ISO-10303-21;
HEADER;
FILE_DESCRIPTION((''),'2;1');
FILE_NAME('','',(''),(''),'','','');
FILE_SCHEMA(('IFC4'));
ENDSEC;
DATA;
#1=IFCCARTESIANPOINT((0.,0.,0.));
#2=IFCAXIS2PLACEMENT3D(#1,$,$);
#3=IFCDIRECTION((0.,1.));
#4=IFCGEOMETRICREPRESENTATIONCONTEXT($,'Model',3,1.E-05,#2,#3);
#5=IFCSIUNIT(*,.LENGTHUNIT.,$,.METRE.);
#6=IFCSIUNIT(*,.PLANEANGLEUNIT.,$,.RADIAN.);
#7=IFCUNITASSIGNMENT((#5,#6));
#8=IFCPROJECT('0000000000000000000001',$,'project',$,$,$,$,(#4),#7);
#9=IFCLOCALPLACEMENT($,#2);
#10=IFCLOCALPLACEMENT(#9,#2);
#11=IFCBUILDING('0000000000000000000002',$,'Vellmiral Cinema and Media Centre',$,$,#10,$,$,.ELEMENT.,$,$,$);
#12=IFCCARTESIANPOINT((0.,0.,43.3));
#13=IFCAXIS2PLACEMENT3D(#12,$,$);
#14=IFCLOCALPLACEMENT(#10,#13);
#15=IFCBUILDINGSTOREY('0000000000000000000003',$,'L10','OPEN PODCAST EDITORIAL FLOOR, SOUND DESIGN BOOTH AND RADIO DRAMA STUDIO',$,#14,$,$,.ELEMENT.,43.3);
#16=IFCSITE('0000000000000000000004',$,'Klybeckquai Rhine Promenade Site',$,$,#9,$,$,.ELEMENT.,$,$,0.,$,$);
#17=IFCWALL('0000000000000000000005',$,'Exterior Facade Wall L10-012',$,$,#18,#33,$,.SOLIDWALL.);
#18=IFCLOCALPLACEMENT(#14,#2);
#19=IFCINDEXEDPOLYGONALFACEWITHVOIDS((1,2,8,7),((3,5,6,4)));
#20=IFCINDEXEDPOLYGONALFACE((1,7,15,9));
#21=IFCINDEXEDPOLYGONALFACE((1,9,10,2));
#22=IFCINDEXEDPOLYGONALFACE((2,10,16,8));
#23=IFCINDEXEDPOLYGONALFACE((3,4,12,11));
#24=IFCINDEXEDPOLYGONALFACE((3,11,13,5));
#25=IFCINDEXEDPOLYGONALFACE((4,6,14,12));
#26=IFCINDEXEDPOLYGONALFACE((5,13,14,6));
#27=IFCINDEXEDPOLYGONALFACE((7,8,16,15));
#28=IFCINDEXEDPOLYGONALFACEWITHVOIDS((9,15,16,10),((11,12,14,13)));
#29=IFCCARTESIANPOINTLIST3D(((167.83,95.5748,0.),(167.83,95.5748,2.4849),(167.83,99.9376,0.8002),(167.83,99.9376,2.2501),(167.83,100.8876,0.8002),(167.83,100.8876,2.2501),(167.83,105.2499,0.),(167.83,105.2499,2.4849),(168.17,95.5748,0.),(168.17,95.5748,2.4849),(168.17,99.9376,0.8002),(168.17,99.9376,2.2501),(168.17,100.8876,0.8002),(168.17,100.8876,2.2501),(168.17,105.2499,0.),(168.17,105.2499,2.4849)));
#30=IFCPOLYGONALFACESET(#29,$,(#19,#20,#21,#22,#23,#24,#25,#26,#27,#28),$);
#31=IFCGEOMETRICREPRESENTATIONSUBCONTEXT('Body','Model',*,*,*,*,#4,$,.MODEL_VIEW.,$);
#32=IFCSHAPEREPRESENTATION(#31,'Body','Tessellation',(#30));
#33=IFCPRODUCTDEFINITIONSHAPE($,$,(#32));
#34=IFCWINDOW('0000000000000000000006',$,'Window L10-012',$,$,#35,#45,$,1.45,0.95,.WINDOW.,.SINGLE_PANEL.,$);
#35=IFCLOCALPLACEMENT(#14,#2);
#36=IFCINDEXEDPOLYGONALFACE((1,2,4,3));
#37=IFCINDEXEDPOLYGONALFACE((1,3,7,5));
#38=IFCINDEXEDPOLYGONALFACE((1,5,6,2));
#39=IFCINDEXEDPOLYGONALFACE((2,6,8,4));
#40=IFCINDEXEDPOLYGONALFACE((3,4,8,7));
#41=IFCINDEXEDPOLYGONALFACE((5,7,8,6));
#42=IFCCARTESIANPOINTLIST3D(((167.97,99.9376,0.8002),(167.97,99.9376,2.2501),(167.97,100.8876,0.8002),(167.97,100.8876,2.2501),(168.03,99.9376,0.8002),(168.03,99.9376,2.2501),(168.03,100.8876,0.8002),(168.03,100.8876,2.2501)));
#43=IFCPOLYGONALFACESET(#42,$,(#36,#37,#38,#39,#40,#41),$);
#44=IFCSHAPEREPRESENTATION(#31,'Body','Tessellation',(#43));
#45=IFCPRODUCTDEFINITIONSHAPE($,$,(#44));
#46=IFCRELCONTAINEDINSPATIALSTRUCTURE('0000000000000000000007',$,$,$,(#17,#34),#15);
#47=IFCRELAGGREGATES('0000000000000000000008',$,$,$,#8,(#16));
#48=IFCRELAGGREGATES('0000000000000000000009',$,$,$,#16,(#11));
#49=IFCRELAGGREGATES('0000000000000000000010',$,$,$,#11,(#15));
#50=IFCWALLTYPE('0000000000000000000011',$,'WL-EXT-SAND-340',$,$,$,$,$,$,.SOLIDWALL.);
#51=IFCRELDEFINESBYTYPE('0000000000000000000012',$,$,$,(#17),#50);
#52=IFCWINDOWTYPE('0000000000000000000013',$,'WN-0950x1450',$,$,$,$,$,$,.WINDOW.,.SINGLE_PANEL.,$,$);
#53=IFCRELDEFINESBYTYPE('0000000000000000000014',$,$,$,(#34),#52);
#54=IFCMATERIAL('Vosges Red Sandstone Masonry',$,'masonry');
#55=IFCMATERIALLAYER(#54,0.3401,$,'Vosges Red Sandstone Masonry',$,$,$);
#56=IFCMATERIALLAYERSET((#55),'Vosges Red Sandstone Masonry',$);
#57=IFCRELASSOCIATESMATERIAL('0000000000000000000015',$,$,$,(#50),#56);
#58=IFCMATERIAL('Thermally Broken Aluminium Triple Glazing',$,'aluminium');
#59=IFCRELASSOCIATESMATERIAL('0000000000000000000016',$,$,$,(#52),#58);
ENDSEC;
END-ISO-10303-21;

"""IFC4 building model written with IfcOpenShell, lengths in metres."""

from ifc_helpers import new_model, si_unit, direction, frame, frame_2d, origin, place, context, subcontext, project, spatial, rectangle, extrude, material, layer, layer_set, type_object, element, fill, save


model = new_model("IFC4")

# Units and contexts
model_context = context("Model", 3, precision=1e-05, world=origin(), true_north=direction((0.0, 1.0)))
body_context = subcontext(model_context, "Body", "Model", "MODEL_VIEW")
ifc_project = project(units=[si_unit("LENGTHUNIT", "METRE"), si_unit("PLANEANGLEUNIT", "RADIAN")], contexts=[model_context])

# Site, building, storey
site_placement = place(None, origin())
site = spatial("IfcSite", under=ifc_project, at=site_placement, Name="Klybeckquai Rhine Promenade Site", CompositionType="ELEMENT", RefElevation=0.0)
building_placement = place(site_placement, origin())
building = spatial("IfcBuilding", under=site, at=building_placement, Name="Vellmiral Cinema and Media Centre", CompositionType="ELEMENT")
storey_placement = place(building_placement, frame((0.0, 0.0, 43.3)))
storey = spatial("IfcBuildingStorey", under=building, at=storey_placement, Name="L10", Description="OPEN PODCAST EDITORIAL FLOOR, SOUND DESIGN BOOTH AND RADIO DRAMA STUDIO", CompositionType="ELEMENT", Elevation=43.3)

# Wall, opening, window
ifc_material_1 = material(Name="Vosges Red Sandstone Masonry", Category="masonry")
ifc_layer_1 = layer(ifc_material_1, 0.3401, Name="Vosges Red Sandstone Masonry")
ifc_layer_set_1 = layer_set([ifc_layer_1], Name="Vosges Red Sandstone Masonry")
wall_type = type_object("IfcWallType", Name="WL-EXT-SAND-340", PredefinedType="SOLIDWALL", material=ifc_layer_set_1)
wall_placement = place(storey_placement, frame((168.0, 95.575, 0.0), z_axis=(0.0, 0.0, 1.0), x_axis=(0.0, 1.0, 0.0)))
wall = element("IfcWall", 1, at=wall_placement, inside=storey, type_object=wall_type, Name="Exterior Facade Wall L10-012", PredefinedType="SOLIDWALL", context=body_context, shape_type="SweptSolid", body=[
    extrude(rectangle(XDim=9.675, YDim=0.3401, at=frame_2d((4.8374, 0.0))), origin(), (0.0, 0.0, 1.0), 2.4849),
])
opening_placement = place(wall_placement, frame((4.3625, 0.0, 0.8)))
opening = element("IfcOpeningElement", 2, at=opening_placement, cuts=wall, PredefinedType="OPENING", context=body_context, shape_type="SweptSolid", body=[
    extrude(rectangle(XDim=0.95, YDim=1.45, at=frame_2d((0.4751, 0.7251))), frame((0.0, 0.1821, 0.0), z_axis=(0.0, -1.0, 0.0), x_axis=(1.0, 0.0, 0.0)), (0.0, 0.0, 1.0), 0.364),
])
ifc_material_2 = material(Name="Thermally Broken Aluminium Triple Glazing", Category="aluminium")
window_type = type_object("IfcWindowType", Name="WN-0950x1450", PartitioningType="SINGLE_PANEL", PredefinedType="WINDOW", material=ifc_material_2)
window_placement = place(opening_placement, origin())
window = element("IfcWindow", 3, at=window_placement, inside=storey, type_object=window_type, Name="Window L10-012", OverallHeight=1.45, OverallWidth=0.95, PartitioningType="SINGLE_PANEL", PredefinedType="WINDOW", context=body_context, shape_type="SweptSolid", body=[
    extrude(rectangle(XDim=0.95, YDim=1.45, at=frame_2d((0.4751, 0.7251))), frame((0.0, 0.03, 0.0), z_axis=(0.0, -1.0, 0.0), x_axis=(1.0, 0.0, 0.0)), (0.0, 0.0, 1.0), 0.0601),
])
fill(opening, window)

save(model, "model.ifc")
